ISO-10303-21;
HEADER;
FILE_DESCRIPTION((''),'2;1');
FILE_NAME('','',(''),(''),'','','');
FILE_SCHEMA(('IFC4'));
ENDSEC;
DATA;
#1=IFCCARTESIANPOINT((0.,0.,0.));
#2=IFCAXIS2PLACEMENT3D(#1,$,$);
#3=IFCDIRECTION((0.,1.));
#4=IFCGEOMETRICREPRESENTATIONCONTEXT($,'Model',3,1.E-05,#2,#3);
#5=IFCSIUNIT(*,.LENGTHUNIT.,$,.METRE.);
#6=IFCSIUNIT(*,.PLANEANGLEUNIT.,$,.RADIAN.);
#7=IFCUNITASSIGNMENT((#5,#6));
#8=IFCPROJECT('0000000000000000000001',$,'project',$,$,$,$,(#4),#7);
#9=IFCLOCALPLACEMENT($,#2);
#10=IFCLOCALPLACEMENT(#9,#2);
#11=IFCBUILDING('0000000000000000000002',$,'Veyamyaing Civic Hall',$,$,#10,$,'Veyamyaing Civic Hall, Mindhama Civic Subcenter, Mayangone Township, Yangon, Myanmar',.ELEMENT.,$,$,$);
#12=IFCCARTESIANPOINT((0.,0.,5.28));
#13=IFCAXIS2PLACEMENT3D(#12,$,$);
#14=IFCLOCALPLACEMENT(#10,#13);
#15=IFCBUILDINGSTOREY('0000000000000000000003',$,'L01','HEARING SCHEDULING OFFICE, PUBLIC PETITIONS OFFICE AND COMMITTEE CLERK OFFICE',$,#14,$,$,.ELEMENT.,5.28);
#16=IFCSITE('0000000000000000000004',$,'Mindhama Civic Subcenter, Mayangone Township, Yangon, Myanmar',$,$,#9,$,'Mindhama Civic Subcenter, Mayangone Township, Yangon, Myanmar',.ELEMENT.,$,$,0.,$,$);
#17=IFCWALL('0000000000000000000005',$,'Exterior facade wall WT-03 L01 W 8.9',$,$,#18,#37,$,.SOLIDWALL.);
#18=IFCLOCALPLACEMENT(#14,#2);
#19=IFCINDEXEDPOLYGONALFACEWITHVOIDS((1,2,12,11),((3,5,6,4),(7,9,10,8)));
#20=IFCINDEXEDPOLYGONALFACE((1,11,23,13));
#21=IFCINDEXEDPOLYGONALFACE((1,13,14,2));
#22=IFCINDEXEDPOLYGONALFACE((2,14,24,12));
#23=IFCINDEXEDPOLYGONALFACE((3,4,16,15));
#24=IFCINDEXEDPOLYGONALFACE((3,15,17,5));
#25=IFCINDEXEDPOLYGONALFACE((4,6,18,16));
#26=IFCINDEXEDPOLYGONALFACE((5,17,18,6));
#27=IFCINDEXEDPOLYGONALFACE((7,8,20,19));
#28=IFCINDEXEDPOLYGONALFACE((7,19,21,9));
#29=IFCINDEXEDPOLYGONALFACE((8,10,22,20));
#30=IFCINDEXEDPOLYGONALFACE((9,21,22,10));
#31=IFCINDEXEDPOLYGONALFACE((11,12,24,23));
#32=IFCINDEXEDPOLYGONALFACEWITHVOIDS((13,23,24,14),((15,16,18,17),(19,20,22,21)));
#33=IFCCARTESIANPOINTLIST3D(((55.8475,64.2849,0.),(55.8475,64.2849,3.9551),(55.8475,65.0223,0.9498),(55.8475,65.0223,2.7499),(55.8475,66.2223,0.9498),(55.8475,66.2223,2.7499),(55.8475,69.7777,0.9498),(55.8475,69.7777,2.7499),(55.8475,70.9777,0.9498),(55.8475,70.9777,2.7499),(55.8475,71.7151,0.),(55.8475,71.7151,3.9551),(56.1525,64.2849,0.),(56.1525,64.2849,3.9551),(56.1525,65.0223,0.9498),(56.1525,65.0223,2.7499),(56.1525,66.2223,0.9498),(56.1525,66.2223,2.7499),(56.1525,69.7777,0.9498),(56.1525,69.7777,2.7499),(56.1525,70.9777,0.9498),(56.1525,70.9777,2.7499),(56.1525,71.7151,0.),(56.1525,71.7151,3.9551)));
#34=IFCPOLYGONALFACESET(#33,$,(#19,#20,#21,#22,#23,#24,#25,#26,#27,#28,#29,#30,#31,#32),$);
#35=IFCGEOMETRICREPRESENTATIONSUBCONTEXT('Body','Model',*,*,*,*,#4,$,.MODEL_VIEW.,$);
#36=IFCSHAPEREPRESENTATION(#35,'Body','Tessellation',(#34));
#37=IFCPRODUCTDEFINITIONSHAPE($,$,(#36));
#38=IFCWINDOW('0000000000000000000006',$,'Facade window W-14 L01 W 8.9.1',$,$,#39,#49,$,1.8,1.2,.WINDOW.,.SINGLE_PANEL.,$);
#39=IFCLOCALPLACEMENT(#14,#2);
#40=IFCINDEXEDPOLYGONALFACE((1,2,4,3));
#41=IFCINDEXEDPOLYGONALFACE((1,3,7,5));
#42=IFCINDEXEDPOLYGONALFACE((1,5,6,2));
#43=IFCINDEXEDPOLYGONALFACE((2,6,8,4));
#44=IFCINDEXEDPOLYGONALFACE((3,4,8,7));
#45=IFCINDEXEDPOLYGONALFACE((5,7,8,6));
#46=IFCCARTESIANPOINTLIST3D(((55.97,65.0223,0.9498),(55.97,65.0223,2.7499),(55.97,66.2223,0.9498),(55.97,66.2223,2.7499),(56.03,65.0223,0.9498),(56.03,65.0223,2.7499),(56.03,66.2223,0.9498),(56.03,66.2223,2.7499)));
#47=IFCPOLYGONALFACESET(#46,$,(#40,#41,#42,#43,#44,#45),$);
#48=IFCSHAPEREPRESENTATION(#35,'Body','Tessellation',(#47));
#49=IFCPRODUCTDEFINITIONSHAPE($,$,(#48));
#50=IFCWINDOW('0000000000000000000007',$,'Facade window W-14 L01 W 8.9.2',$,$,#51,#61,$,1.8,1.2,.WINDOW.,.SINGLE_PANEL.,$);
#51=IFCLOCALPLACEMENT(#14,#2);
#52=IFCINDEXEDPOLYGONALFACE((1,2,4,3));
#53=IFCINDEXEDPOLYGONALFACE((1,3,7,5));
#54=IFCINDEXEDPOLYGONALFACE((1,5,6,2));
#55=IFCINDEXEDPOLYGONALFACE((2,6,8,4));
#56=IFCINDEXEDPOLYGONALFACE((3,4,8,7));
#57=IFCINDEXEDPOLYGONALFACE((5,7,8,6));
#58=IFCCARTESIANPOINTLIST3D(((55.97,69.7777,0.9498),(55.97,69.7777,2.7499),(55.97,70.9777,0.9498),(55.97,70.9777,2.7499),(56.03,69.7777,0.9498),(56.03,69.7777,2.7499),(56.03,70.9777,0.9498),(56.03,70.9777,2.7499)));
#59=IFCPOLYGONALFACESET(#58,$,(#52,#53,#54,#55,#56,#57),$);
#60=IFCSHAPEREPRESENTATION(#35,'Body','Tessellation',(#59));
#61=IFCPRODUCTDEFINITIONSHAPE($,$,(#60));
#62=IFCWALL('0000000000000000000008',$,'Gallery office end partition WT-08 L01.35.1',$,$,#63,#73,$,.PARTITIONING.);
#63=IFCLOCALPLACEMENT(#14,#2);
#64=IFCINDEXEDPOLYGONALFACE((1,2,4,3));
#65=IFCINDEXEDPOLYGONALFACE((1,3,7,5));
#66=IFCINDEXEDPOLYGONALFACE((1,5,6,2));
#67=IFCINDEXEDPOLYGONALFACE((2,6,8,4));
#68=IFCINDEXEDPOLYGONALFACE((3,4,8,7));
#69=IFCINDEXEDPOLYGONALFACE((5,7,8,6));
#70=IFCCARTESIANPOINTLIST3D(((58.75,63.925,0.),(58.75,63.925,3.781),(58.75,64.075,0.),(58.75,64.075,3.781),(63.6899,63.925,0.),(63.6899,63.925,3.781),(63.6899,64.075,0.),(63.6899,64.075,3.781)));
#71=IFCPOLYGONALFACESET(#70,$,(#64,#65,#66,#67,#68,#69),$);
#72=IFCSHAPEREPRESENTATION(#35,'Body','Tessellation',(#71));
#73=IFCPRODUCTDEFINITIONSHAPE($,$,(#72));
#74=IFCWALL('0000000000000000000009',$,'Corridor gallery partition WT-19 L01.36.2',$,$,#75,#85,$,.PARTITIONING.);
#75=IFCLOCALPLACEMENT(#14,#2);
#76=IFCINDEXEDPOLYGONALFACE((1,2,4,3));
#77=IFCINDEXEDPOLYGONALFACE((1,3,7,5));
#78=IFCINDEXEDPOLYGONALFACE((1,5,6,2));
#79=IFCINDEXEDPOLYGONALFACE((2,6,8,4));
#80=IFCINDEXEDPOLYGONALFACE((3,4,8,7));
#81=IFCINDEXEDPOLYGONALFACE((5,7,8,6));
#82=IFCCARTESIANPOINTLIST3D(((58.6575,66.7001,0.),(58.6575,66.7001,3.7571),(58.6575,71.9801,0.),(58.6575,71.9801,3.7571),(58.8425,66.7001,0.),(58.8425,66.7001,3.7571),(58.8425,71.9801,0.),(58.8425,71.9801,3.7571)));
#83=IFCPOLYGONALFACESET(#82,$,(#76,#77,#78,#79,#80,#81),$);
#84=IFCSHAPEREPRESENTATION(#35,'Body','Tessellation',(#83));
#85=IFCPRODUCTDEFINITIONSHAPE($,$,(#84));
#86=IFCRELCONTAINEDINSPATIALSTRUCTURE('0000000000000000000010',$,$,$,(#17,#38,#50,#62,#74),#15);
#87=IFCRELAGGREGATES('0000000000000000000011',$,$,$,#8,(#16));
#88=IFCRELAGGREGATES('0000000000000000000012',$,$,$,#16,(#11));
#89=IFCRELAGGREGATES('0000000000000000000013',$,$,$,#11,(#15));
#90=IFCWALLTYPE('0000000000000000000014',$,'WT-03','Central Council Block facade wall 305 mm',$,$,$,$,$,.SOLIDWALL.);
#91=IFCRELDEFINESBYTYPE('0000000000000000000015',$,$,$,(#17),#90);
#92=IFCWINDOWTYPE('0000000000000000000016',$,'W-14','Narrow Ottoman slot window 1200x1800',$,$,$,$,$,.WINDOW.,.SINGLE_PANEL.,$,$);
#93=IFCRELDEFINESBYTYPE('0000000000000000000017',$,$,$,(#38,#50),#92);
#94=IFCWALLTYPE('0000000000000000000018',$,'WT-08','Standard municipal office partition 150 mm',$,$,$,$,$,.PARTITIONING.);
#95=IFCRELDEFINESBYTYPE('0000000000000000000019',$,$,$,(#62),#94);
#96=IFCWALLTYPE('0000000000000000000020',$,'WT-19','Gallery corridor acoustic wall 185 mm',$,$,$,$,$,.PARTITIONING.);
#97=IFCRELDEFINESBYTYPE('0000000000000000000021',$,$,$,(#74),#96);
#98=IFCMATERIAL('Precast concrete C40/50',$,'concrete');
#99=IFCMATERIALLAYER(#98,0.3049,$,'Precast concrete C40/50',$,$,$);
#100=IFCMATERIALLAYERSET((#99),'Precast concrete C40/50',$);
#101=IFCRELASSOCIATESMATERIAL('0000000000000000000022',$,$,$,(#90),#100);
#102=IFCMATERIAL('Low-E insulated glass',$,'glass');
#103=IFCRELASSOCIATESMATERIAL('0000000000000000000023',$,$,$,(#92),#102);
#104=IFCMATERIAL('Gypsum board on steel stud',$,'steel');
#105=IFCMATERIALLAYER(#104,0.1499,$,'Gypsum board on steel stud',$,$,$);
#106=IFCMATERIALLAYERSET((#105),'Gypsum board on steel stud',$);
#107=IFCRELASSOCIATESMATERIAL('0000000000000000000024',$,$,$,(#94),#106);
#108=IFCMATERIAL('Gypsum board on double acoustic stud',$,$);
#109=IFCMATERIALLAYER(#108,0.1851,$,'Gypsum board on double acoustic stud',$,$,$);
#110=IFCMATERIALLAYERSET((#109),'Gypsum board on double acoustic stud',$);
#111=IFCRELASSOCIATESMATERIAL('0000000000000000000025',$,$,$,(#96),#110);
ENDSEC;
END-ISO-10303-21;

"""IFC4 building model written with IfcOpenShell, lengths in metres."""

from ifc_helpers import new_model, si_unit, direction, frame, frame_2d, origin, place, context, subcontext, project, spatial, rectangle, extrude, material, layer, layer_set, type_object, element, fill, save


model = new_model("IFC4")

# Units and contexts
model_context = context("Model", 3, precision=1e-05, world=origin(), true_north=direction((0.0, 1.0)))
body_context = subcontext(model_context, "Body", "Model", "MODEL_VIEW")
ifc_project = project(units=[si_unit("LENGTHUNIT", "METRE"), si_unit("PLANEANGLEUNIT", "RADIAN")], contexts=[model_context])

# Site, building, storey
site_placement = place(None, origin())
site = spatial("IfcSite", under=ifc_project, at=site_placement, Name="Mindhama Civic Subcenter, Mayangone Township, Yangon, Myanmar", LongName="Mindhama Civic Subcenter, Mayangone Township, Yangon, Myanmar", CompositionType="ELEMENT", RefElevation=0.0)
building_placement = place(site_placement, origin())
building = spatial("IfcBuilding", under=site, at=building_placement, Name="Veyamyaing Civic Hall", LongName="Veyamyaing Civic Hall, Mindhama Civic Subcenter, Mayangone Township, Yangon, Myanmar", CompositionType="ELEMENT")
storey_placement = place(building_placement, frame((0.0, 0.0, 5.28)))
storey = spatial("IfcBuildingStorey", under=building, at=storey_placement, Name="L01", Description="HEARING SCHEDULING OFFICE, PUBLIC PETITIONS OFFICE AND COMMITTEE CLERK OFFICE", CompositionType="ELEMENT", Elevation=5.28)

# Shared definitions
ifc_material_1 = material(Name="Low-E insulated glass", Category="glass")

# Wall, openings, windows
ifc_material_2 = material(Name="Precast concrete C40/50", Category="concrete")
ifc_layer_1 = layer(ifc_material_2, 0.3049, Name="Precast concrete C40/50")
ifc_layer_set_1 = layer_set([ifc_layer_1], Name="Precast concrete C40/50")
wall_type_1 = type_object("IfcWallType", Name="WT-03", Description="Central Council Block facade wall 305 mm", PredefinedType="SOLIDWALL", material=ifc_layer_set_1)
wall_1_placement = place(storey_placement, frame((56.0, 64.2849, 0.0), z_axis=(0.0, 0.0, 1.0), x_axis=(0.0, 1.0, 0.0)))
wall_1 = element("IfcWall", 1, at=wall_1_placement, inside=storey, type_object=wall_type_1, Name="Exterior facade wall WT-03 L01 W 8.9", PredefinedType="SOLIDWALL", context=body_context, shape_type="SweptSolid", body=[
    extrude(rectangle(XDim=7.4302, YDim=0.3049, at=frame_2d((3.7151, 0.0))), origin(), (0.0, 0.0, 1.0), 3.9551),
])
opening_1_placement = place(wall_1_placement, frame((0.7373, 0.0, 0.95)))
opening_1 = element("IfcOpeningElement", 2, at=opening_1_placement, cuts=wall_1, PredefinedType="OPENING", context=body_context, shape_type="SweptSolid", body=[
    extrude(rectangle(XDim=1.2, YDim=1.8, at=frame_2d((0.6001, 0.8999))), frame((0.0, 0.1624, 0.0), z_axis=(0.0, -1.0, 0.0), x_axis=(1.0, 0.0, 0.0)), (0.0, 0.0, 1.0), 0.325),
])
opening_2_placement = place(wall_1_placement, frame((5.4927, 0.0, 0.95)))
opening_2 = element("IfcOpeningElement", 3, at=opening_2_placement, cuts=wall_1, PredefinedType="OPENING", context=body_context, shape_type="SweptSolid", body=[
    extrude(rectangle(XDim=1.2, YDim=1.8, at=frame_2d((0.6001, 0.8999))), frame((0.0, 0.1624, 0.0), z_axis=(0.0, -1.0, 0.0), x_axis=(1.0, 0.0, 0.0)), (0.0, 0.0, 1.0), 0.325),
])
window_type = type_object("IfcWindowType", Name="W-14", Description="Narrow Ottoman slot window 1200x1800", PartitioningType="SINGLE_PANEL", PredefinedType="WINDOW", material=ifc_material_1)
window_1_placement = place(opening_1_placement, origin())
window_1 = element("IfcWindow", 4, at=window_1_placement, inside=storey, type_object=window_type, Name="Facade window W-14 L01 W 8.9.1", OverallHeight=1.8, OverallWidth=1.2, PartitioningType="SINGLE_PANEL", PredefinedType="WINDOW", context=body_context, shape_type="SweptSolid", body=[
    extrude(rectangle(XDim=1.2, YDim=1.8, at=frame_2d((0.6001, 0.8999))), frame((0.0, 0.03, 0.0), z_axis=(0.0, -1.0, 0.0), x_axis=(1.0, 0.0, 0.0)), (0.0, 0.0, 1.0), 0.0601),
])
fill(opening_1, window_1)
window_2_placement = place(opening_2_placement, origin())
window_2 = element("IfcWindow", 5, at=window_2_placement, inside=storey, type_object=window_type, Name="Facade window W-14 L01 W 8.9.2", OverallHeight=1.8, OverallWidth=1.2, PartitioningType="SINGLE_PANEL", PredefinedType="WINDOW", context=body_context, shape_type="SweptSolid", body=[
    extrude(rectangle(XDim=1.2, YDim=1.8, at=frame_2d((0.6001, 0.8999))), frame((0.0, 0.03, 0.0), z_axis=(0.0, -1.0, 0.0), x_axis=(1.0, 0.0, 0.0)), (0.0, 0.0, 1.0), 0.0601),
])
fill(opening_2, window_2)

# Walls
ifc_material_3 = material(Name="Gypsum board on steel stud", Category="steel")
ifc_layer_2 = layer(ifc_material_3, 0.1499, Name="Gypsum board on steel stud")
ifc_layer_set_2 = layer_set([ifc_layer_2], Name="Gypsum board on steel stud")
wall_type_2 = type_object("IfcWallType", Name="WT-08", Description="Standard municipal office partition 150 mm", PredefinedType="PARTITIONING", material=ifc_layer_set_2)
wall_2_placement = place(storey_placement, frame((58.75, 64.0, 0.0), z_axis=(0.0, 0.0, 1.0), x_axis=(1.0, 0.0, 0.0)))
element("IfcWall", 6, at=wall_2_placement, inside=storey, type_object=wall_type_2, Name="Gallery office end partition WT-08 L01.35.1", PredefinedType="PARTITIONING", context=body_context, shape_type="SweptSolid", body=[
    extrude(rectangle(XDim=4.9399, YDim=0.1499, at=frame_2d((2.47, 0.0))), origin(), (0.0, 0.0, 1.0), 3.781),
])
ifc_material_4 = material(Name="Gypsum board on double acoustic stud")
ifc_layer_3 = layer(ifc_material_4, 0.1851, Name="Gypsum board on double acoustic stud")
ifc_layer_set_3 = layer_set([ifc_layer_3], Name="Gypsum board on double acoustic stud")
wall_type_3 = type_object("IfcWallType", Name="WT-19", Description="Gallery corridor acoustic wall 185 mm", PredefinedType="PARTITIONING", material=ifc_layer_set_3)
wall_3_placement = place(storey_placement, frame((58.75, 66.7, 0.0), z_axis=(0.0, 0.0, 1.0), x_axis=(0.0, 1.0, 0.0)))
element("IfcWall", 7, at=wall_3_placement, inside=storey, type_object=wall_type_3, Name="Corridor gallery partition WT-19 L01.36.2", PredefinedType="PARTITIONING", context=body_context, shape_type="SweptSolid", body=[
    extrude(rectangle(XDim=5.28, YDim=0.1851, at=frame_2d((2.6401, 0.0))), origin(), (0.0, 0.0, 1.0), 3.7571),
])

save(model, "model.ifc")
